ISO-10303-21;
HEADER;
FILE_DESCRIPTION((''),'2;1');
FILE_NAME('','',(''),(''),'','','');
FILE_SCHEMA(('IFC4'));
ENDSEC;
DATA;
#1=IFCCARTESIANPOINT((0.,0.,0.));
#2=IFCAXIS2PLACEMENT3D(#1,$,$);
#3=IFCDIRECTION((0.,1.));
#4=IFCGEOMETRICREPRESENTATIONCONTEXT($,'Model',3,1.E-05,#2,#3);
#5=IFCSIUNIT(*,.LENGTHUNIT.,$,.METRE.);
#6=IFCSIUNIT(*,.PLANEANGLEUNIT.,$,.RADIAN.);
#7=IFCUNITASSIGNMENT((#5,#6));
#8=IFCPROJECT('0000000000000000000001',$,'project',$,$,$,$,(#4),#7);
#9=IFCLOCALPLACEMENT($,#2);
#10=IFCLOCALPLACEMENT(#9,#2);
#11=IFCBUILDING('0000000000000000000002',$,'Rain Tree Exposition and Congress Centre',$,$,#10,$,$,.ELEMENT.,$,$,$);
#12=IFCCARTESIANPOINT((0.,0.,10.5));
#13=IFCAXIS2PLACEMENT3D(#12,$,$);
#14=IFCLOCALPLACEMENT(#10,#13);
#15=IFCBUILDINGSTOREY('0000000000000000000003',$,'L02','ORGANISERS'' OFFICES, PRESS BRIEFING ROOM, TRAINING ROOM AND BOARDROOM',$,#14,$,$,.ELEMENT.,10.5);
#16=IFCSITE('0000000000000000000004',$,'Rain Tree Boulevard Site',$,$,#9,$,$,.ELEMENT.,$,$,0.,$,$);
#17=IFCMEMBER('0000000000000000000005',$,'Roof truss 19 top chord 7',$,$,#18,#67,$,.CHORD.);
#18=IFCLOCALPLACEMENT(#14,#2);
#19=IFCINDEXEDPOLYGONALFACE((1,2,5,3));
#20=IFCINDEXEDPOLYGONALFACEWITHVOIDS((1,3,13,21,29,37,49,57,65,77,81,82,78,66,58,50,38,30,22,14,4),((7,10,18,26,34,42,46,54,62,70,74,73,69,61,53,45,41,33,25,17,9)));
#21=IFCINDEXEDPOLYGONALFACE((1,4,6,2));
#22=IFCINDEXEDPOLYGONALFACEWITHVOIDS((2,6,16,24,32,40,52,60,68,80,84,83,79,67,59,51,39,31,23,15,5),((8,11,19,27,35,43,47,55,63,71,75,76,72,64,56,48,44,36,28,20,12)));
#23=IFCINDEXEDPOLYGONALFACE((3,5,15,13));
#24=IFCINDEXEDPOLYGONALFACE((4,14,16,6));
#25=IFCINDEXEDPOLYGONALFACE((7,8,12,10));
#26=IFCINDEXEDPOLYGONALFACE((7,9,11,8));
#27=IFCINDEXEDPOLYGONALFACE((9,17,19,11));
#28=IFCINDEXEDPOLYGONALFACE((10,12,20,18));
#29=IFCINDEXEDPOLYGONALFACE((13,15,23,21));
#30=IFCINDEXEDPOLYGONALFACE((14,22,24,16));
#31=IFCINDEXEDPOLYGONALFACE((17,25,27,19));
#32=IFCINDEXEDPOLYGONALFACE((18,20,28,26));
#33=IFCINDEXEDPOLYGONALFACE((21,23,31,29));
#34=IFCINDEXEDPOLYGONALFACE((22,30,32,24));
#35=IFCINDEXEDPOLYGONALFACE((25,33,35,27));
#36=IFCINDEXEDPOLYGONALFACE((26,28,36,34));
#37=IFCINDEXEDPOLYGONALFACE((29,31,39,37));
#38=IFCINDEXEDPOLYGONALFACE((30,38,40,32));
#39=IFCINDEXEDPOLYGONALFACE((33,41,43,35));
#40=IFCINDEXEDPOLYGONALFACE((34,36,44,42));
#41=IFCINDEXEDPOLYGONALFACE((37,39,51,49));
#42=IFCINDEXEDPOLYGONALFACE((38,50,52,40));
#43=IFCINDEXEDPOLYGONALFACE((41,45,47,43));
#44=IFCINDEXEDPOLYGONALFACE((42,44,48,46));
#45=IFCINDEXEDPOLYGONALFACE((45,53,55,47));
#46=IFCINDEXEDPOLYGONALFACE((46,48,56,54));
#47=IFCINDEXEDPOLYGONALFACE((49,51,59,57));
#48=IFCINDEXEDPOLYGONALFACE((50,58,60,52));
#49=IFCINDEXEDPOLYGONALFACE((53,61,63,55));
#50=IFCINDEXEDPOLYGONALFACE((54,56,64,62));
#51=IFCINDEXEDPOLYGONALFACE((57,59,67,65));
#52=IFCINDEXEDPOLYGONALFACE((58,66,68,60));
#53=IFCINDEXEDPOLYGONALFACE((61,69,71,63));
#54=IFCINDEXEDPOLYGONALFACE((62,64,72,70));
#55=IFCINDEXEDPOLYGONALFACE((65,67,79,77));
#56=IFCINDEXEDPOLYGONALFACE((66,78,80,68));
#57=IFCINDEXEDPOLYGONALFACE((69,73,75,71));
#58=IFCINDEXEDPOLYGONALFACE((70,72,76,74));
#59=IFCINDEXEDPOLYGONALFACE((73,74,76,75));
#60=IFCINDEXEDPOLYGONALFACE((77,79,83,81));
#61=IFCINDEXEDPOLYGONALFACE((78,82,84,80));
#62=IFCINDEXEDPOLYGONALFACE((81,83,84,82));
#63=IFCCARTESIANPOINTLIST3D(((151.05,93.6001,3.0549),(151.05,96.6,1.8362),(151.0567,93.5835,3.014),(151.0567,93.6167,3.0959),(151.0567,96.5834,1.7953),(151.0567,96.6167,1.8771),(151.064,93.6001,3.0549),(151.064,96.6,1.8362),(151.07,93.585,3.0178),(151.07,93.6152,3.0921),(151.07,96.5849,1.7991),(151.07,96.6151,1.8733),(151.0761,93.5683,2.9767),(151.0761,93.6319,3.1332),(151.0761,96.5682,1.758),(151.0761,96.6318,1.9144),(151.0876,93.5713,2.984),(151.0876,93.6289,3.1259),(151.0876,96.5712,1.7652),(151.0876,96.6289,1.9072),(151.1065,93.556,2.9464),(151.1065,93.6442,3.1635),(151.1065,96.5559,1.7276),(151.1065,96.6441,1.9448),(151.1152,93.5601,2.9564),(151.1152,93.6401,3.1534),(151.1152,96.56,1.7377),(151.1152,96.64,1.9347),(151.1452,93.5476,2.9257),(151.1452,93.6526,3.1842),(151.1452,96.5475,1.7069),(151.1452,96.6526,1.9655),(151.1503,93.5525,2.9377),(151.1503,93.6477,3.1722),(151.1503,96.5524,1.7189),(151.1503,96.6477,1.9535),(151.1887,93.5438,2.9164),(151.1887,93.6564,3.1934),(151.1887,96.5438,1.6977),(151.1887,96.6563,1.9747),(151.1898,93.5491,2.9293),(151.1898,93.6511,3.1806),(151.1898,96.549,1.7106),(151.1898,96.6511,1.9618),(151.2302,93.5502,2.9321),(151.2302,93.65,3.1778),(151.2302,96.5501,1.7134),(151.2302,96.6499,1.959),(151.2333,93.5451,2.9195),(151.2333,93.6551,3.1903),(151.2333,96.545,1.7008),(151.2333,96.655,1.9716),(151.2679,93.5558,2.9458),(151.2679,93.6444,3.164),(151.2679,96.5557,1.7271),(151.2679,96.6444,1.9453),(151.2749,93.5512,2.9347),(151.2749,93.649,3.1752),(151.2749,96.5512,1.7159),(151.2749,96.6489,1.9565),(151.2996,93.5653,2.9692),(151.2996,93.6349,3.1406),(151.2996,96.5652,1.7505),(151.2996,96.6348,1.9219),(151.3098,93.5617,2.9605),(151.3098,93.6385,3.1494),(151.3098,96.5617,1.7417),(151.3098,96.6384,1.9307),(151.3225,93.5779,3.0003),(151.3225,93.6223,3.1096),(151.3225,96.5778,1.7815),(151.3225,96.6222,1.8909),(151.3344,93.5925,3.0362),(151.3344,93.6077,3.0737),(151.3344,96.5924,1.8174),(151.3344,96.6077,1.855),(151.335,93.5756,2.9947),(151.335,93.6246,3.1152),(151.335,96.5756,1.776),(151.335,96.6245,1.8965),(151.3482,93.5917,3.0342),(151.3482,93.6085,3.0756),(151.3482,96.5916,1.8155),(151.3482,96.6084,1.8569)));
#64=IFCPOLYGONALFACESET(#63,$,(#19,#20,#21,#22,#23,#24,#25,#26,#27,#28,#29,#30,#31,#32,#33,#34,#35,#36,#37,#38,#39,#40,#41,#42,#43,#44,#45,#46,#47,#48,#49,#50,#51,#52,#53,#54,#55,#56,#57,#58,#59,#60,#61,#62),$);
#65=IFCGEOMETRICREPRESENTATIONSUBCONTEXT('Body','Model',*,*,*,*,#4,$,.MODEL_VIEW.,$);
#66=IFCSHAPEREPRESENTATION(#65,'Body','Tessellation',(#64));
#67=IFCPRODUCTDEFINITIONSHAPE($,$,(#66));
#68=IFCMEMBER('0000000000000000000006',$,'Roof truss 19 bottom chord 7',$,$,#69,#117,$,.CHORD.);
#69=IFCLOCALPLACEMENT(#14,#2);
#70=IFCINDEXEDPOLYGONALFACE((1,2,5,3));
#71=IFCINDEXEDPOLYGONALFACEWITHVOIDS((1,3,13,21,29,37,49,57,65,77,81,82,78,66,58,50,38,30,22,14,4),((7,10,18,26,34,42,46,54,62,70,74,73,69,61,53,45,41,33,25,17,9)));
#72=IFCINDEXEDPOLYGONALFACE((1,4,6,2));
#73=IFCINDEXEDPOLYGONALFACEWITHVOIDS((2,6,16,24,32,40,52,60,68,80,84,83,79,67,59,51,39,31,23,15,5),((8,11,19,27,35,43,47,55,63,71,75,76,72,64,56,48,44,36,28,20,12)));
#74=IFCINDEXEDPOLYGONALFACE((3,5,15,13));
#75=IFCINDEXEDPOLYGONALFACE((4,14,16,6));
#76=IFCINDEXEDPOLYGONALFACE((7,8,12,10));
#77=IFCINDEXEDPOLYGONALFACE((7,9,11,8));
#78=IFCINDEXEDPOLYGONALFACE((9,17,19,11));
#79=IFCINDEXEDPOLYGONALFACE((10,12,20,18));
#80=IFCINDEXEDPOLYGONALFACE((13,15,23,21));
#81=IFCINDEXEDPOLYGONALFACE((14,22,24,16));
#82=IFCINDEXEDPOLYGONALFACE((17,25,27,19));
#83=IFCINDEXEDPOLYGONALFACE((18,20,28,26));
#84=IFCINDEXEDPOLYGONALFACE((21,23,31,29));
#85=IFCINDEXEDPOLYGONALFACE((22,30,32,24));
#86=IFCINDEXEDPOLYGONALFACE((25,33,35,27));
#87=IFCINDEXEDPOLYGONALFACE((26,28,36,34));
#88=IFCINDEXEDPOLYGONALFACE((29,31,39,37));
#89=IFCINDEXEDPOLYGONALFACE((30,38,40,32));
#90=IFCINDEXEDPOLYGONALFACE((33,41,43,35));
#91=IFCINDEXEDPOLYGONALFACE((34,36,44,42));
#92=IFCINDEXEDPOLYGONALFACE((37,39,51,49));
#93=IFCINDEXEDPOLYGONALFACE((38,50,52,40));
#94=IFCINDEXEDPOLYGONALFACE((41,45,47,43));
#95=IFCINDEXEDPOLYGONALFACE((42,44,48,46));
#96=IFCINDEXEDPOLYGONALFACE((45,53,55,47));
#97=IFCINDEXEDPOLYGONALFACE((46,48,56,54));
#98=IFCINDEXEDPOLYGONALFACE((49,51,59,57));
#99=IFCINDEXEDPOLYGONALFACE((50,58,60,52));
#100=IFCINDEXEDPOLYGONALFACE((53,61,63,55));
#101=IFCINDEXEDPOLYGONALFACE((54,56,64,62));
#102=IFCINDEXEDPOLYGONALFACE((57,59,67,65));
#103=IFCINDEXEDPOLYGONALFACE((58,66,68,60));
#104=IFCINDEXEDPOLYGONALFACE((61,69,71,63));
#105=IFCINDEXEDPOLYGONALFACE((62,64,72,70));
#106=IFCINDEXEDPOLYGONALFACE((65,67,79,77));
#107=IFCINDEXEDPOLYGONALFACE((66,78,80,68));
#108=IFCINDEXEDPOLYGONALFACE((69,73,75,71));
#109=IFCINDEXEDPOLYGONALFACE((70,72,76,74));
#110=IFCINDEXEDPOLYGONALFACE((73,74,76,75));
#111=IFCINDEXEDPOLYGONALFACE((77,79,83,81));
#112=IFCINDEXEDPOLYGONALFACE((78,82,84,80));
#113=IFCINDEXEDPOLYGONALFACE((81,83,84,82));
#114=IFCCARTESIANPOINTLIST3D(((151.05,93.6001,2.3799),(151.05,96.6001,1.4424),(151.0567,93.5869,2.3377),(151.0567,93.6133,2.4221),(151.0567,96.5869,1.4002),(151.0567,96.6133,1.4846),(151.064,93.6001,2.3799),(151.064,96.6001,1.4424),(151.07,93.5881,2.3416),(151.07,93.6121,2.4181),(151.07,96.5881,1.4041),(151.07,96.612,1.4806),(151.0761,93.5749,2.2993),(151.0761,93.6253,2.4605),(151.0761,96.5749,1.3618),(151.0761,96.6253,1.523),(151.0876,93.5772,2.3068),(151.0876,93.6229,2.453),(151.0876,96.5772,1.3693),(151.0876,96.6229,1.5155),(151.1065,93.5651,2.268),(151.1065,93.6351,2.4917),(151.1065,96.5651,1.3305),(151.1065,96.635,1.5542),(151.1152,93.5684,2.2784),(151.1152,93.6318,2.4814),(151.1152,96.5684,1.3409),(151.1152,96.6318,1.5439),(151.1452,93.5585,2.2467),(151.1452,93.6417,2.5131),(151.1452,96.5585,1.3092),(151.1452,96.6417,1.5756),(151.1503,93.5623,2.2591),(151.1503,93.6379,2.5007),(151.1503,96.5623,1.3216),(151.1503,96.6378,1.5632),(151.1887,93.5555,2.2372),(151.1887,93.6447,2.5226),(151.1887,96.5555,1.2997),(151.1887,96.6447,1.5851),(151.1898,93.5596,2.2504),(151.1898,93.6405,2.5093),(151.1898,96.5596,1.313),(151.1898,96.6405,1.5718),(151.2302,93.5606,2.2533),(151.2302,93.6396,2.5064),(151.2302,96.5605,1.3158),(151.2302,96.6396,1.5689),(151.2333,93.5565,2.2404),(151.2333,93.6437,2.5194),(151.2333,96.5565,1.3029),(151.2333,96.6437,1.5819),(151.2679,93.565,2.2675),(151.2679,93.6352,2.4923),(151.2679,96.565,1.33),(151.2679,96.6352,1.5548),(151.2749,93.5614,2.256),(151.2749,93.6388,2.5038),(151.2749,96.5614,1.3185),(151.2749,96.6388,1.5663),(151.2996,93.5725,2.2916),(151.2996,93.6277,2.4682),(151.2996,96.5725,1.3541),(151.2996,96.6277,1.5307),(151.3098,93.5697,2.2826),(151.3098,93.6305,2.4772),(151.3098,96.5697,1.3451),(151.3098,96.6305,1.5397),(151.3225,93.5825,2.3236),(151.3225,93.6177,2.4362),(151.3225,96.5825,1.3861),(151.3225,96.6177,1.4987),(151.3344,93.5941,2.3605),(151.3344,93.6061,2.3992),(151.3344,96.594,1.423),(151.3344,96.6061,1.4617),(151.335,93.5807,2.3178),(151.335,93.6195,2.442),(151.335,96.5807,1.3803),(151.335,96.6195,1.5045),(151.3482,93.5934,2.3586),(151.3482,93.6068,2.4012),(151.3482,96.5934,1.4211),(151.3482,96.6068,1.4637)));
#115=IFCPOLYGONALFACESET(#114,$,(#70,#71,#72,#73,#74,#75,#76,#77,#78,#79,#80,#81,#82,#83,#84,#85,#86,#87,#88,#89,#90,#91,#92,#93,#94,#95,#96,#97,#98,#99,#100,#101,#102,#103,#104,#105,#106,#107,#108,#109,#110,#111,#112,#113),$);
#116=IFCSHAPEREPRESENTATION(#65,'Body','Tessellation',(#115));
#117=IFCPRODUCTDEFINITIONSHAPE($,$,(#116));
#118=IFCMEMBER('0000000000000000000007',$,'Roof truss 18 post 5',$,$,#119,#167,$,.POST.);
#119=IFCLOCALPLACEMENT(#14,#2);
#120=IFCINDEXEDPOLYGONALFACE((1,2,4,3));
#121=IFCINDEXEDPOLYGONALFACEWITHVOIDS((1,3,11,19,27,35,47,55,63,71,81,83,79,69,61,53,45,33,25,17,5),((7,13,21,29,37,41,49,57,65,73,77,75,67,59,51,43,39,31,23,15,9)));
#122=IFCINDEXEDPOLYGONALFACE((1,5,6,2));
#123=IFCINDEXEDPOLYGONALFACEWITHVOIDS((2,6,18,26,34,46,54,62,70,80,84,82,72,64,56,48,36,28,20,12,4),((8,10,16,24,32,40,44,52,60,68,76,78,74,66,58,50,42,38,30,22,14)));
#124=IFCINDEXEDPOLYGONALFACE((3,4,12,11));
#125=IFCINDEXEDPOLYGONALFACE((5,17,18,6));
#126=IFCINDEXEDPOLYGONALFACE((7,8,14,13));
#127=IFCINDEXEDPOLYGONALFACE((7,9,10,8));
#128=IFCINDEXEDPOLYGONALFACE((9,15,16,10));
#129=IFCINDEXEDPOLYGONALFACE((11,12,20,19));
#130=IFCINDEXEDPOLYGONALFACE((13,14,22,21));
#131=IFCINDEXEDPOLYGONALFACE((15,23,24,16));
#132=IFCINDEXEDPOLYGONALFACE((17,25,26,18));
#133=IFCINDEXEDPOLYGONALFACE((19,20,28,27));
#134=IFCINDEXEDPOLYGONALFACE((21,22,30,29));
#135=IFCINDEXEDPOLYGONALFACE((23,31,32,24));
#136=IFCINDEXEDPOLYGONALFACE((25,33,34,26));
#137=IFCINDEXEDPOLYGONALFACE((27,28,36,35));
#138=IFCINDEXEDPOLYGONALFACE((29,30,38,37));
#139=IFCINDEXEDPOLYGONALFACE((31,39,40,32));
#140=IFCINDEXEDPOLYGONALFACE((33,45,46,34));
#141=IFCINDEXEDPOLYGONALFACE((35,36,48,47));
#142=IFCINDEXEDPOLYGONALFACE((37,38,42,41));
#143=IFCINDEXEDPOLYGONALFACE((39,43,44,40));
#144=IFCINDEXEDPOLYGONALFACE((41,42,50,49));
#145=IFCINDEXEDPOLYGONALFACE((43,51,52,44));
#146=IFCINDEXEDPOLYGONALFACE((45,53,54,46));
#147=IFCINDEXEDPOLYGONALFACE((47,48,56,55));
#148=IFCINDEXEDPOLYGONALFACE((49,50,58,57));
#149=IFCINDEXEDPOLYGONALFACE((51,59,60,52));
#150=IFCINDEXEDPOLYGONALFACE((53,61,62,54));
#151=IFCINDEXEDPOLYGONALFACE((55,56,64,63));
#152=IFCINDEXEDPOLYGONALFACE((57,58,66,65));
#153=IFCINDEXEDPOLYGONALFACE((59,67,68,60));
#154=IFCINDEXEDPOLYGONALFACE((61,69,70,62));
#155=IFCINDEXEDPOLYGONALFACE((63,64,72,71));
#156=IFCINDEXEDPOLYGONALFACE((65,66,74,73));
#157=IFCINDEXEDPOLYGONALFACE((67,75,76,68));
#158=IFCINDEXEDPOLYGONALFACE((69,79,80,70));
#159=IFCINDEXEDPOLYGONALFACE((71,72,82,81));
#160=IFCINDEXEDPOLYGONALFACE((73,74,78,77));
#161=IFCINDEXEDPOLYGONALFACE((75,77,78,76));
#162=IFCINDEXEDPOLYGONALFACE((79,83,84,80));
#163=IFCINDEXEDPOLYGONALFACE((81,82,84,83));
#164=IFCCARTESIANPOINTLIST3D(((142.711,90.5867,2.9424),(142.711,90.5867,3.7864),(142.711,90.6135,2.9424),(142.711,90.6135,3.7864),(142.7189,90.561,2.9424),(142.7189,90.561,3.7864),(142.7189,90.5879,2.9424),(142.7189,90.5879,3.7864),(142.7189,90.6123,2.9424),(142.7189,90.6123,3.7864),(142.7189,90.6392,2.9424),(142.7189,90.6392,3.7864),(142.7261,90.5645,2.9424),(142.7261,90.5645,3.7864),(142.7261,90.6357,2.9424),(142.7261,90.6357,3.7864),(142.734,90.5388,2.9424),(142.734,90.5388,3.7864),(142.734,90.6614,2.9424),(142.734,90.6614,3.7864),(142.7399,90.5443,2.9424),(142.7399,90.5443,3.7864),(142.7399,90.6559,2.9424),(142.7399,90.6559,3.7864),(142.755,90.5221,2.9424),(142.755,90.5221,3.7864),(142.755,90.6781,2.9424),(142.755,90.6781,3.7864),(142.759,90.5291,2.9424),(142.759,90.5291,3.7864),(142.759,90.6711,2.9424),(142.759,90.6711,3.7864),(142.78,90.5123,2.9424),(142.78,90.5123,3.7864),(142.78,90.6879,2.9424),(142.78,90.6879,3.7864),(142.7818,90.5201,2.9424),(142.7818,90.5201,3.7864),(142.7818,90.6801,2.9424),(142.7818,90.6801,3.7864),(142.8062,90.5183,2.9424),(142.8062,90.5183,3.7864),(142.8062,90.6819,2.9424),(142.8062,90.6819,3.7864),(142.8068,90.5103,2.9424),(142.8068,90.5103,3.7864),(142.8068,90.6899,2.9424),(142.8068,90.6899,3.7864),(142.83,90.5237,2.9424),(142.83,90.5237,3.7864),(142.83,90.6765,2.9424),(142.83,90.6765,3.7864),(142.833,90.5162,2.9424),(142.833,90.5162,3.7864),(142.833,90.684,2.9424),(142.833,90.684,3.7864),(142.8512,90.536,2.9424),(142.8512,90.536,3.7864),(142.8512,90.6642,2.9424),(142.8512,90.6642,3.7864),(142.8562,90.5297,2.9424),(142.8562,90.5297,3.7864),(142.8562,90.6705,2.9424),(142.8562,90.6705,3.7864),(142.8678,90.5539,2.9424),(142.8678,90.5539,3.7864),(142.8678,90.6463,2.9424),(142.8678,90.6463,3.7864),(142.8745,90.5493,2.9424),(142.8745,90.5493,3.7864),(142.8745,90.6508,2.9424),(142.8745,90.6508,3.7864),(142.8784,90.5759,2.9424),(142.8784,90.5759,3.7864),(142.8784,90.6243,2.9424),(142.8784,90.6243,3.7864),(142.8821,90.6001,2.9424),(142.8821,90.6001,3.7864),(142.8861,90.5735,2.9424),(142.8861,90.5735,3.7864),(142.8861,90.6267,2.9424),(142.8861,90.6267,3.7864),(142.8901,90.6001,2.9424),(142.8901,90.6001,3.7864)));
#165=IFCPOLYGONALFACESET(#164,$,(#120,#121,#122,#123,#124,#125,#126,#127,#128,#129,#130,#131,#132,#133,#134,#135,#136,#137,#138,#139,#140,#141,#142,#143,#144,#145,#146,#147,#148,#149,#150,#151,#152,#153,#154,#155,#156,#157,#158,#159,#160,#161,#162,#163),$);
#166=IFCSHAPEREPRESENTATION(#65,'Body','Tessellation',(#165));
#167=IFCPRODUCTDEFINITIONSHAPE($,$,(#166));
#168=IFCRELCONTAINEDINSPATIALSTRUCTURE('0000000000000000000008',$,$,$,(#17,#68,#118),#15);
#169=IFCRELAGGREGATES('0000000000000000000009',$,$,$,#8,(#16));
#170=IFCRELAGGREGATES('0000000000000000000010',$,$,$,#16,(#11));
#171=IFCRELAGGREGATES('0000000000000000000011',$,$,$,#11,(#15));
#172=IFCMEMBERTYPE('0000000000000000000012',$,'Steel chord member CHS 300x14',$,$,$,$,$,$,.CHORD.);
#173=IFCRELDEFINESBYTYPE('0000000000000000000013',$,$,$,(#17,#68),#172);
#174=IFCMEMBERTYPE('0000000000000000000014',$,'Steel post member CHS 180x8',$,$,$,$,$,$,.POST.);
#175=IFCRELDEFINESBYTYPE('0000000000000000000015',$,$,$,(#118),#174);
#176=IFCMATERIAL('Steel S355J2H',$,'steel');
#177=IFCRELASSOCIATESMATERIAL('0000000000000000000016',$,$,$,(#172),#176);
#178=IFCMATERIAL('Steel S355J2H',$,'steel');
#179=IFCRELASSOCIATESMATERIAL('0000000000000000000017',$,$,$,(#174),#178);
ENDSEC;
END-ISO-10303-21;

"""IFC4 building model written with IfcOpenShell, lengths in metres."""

from ifc_helpers import new_model, si_unit, direction, frame, origin, origin_2d, place, context, subcontext, project, spatial, hollow_circle, extrude, material, material_profile, profile_set, type_object, element, save


model = new_model("IFC4")

# Units and contexts
model_context = context("Model", 3, precision=1e-05, world=origin(), true_north=direction((0.0, 1.0)))
body_context = subcontext(model_context, "Body", "Model", "MODEL_VIEW")
ifc_project = project(units=[si_unit("LENGTHUNIT", "METRE"), si_unit("PLANEANGLEUNIT", "RADIAN")], contexts=[model_context])

# Site, building, storey
site_placement = place(None, origin())
site = spatial("IfcSite", under=ifc_project, at=site_placement, Name="Rain Tree Boulevard Site", CompositionType="ELEMENT", RefElevation=0.0)
building_placement = place(site_placement, origin())
building = spatial("IfcBuilding", under=site, at=building_placement, Name="Rain Tree Exposition and Congress Centre", CompositionType="ELEMENT")
storey_placement = place(building_placement, frame((0.0, 0.0, 10.5)))
storey = spatial("IfcBuildingStorey", under=building, at=storey_placement, Name="L02", Description="ORGANISERS' OFFICES, PRESS BRIEFING ROOM, TRAINING ROOM AND BOARDROOM", CompositionType="ELEMENT", Elevation=10.5)

# Members
ifc_material_1 = material(Name="Steel S355J2H", Category="steel")
ifc_material_profile_1 = material_profile(ifc_material_1, hollow_circle(Radius=0.1499, WallThickness=0.0139, at=origin_2d()), Name="CHS 300x14")
ifc_profile_set_1 = profile_set([ifc_material_profile_1], Name="Steel S355J2H")
member_type_1 = type_object("IfcMemberType", Name="Steel chord member CHS 300x14", PredefinedType="CHORD", material=ifc_profile_set_1)
member_1_placement = place(storey_placement, frame((151.2, 93.6001, 3.0549), z_axis=(0.0, 0.926467, -0.376377), x_axis=(-1.0, 0.0, 0.0)))
element("IfcMember", 1, at=member_1_placement, inside=storey, type_object=member_type_1, Name="Roof truss 19 top chord 7", PredefinedType="CHORD", context=body_context, shape_type="SweptSolid", body=[
    extrude(hollow_circle(Radius=0.1499, WallThickness=0.0139, at=origin_2d()), origin(), (0.0, 0.0, 1.0), 3.238),
])
member_2_placement = place(storey_placement, frame((151.2, 93.6001, 2.3799), z_axis=(0.0, 0.95448, -0.298275), x_axis=(-1.0, 0.0, 0.0)))
element("IfcMember", 2, at=member_2_placement, inside=storey, type_object=member_type_1, Name="Roof truss 19 bottom chord 7", PredefinedType="CHORD", context=body_context, shape_type="SweptSolid", body=[
    extrude(hollow_circle(Radius=0.1499, WallThickness=0.0139, at=origin_2d()), origin(), (0.0, 0.0, 1.0), 3.1431),
])
ifc_material_2 = material(Name="Steel S355J2H", Category="steel")
ifc_material_profile_2 = material_profile(ifc_material_2, hollow_circle(Radius=0.0901, WallThickness=0.0081, at=origin_2d()), Name="CHS 180x8")
ifc_profile_set_2 = profile_set([ifc_material_profile_2], Name="Steel S355J2H")
member_type_2 = type_object("IfcMemberType", Name="Steel post member CHS 180x8", PredefinedType="POST", material=ifc_profile_set_2)
member_3_placement = place(storey_placement, frame((142.8, 90.6001, 2.9424), z_axis=(0.0, 0.0, 1.0), x_axis=(1.0, 0.0, 0.0)))
element("IfcMember", 3, at=member_3_placement, inside=storey, type_object=member_type_2, Name="Roof truss 18 post 5", PredefinedType="POST", context=body_context, shape_type="SweptSolid", body=[
    extrude(hollow_circle(Radius=0.0901, WallThickness=0.0081, at=origin_2d()), origin(), (0.0, 0.0, 1.0), 0.844),
])

save(model, "model.ifc")
